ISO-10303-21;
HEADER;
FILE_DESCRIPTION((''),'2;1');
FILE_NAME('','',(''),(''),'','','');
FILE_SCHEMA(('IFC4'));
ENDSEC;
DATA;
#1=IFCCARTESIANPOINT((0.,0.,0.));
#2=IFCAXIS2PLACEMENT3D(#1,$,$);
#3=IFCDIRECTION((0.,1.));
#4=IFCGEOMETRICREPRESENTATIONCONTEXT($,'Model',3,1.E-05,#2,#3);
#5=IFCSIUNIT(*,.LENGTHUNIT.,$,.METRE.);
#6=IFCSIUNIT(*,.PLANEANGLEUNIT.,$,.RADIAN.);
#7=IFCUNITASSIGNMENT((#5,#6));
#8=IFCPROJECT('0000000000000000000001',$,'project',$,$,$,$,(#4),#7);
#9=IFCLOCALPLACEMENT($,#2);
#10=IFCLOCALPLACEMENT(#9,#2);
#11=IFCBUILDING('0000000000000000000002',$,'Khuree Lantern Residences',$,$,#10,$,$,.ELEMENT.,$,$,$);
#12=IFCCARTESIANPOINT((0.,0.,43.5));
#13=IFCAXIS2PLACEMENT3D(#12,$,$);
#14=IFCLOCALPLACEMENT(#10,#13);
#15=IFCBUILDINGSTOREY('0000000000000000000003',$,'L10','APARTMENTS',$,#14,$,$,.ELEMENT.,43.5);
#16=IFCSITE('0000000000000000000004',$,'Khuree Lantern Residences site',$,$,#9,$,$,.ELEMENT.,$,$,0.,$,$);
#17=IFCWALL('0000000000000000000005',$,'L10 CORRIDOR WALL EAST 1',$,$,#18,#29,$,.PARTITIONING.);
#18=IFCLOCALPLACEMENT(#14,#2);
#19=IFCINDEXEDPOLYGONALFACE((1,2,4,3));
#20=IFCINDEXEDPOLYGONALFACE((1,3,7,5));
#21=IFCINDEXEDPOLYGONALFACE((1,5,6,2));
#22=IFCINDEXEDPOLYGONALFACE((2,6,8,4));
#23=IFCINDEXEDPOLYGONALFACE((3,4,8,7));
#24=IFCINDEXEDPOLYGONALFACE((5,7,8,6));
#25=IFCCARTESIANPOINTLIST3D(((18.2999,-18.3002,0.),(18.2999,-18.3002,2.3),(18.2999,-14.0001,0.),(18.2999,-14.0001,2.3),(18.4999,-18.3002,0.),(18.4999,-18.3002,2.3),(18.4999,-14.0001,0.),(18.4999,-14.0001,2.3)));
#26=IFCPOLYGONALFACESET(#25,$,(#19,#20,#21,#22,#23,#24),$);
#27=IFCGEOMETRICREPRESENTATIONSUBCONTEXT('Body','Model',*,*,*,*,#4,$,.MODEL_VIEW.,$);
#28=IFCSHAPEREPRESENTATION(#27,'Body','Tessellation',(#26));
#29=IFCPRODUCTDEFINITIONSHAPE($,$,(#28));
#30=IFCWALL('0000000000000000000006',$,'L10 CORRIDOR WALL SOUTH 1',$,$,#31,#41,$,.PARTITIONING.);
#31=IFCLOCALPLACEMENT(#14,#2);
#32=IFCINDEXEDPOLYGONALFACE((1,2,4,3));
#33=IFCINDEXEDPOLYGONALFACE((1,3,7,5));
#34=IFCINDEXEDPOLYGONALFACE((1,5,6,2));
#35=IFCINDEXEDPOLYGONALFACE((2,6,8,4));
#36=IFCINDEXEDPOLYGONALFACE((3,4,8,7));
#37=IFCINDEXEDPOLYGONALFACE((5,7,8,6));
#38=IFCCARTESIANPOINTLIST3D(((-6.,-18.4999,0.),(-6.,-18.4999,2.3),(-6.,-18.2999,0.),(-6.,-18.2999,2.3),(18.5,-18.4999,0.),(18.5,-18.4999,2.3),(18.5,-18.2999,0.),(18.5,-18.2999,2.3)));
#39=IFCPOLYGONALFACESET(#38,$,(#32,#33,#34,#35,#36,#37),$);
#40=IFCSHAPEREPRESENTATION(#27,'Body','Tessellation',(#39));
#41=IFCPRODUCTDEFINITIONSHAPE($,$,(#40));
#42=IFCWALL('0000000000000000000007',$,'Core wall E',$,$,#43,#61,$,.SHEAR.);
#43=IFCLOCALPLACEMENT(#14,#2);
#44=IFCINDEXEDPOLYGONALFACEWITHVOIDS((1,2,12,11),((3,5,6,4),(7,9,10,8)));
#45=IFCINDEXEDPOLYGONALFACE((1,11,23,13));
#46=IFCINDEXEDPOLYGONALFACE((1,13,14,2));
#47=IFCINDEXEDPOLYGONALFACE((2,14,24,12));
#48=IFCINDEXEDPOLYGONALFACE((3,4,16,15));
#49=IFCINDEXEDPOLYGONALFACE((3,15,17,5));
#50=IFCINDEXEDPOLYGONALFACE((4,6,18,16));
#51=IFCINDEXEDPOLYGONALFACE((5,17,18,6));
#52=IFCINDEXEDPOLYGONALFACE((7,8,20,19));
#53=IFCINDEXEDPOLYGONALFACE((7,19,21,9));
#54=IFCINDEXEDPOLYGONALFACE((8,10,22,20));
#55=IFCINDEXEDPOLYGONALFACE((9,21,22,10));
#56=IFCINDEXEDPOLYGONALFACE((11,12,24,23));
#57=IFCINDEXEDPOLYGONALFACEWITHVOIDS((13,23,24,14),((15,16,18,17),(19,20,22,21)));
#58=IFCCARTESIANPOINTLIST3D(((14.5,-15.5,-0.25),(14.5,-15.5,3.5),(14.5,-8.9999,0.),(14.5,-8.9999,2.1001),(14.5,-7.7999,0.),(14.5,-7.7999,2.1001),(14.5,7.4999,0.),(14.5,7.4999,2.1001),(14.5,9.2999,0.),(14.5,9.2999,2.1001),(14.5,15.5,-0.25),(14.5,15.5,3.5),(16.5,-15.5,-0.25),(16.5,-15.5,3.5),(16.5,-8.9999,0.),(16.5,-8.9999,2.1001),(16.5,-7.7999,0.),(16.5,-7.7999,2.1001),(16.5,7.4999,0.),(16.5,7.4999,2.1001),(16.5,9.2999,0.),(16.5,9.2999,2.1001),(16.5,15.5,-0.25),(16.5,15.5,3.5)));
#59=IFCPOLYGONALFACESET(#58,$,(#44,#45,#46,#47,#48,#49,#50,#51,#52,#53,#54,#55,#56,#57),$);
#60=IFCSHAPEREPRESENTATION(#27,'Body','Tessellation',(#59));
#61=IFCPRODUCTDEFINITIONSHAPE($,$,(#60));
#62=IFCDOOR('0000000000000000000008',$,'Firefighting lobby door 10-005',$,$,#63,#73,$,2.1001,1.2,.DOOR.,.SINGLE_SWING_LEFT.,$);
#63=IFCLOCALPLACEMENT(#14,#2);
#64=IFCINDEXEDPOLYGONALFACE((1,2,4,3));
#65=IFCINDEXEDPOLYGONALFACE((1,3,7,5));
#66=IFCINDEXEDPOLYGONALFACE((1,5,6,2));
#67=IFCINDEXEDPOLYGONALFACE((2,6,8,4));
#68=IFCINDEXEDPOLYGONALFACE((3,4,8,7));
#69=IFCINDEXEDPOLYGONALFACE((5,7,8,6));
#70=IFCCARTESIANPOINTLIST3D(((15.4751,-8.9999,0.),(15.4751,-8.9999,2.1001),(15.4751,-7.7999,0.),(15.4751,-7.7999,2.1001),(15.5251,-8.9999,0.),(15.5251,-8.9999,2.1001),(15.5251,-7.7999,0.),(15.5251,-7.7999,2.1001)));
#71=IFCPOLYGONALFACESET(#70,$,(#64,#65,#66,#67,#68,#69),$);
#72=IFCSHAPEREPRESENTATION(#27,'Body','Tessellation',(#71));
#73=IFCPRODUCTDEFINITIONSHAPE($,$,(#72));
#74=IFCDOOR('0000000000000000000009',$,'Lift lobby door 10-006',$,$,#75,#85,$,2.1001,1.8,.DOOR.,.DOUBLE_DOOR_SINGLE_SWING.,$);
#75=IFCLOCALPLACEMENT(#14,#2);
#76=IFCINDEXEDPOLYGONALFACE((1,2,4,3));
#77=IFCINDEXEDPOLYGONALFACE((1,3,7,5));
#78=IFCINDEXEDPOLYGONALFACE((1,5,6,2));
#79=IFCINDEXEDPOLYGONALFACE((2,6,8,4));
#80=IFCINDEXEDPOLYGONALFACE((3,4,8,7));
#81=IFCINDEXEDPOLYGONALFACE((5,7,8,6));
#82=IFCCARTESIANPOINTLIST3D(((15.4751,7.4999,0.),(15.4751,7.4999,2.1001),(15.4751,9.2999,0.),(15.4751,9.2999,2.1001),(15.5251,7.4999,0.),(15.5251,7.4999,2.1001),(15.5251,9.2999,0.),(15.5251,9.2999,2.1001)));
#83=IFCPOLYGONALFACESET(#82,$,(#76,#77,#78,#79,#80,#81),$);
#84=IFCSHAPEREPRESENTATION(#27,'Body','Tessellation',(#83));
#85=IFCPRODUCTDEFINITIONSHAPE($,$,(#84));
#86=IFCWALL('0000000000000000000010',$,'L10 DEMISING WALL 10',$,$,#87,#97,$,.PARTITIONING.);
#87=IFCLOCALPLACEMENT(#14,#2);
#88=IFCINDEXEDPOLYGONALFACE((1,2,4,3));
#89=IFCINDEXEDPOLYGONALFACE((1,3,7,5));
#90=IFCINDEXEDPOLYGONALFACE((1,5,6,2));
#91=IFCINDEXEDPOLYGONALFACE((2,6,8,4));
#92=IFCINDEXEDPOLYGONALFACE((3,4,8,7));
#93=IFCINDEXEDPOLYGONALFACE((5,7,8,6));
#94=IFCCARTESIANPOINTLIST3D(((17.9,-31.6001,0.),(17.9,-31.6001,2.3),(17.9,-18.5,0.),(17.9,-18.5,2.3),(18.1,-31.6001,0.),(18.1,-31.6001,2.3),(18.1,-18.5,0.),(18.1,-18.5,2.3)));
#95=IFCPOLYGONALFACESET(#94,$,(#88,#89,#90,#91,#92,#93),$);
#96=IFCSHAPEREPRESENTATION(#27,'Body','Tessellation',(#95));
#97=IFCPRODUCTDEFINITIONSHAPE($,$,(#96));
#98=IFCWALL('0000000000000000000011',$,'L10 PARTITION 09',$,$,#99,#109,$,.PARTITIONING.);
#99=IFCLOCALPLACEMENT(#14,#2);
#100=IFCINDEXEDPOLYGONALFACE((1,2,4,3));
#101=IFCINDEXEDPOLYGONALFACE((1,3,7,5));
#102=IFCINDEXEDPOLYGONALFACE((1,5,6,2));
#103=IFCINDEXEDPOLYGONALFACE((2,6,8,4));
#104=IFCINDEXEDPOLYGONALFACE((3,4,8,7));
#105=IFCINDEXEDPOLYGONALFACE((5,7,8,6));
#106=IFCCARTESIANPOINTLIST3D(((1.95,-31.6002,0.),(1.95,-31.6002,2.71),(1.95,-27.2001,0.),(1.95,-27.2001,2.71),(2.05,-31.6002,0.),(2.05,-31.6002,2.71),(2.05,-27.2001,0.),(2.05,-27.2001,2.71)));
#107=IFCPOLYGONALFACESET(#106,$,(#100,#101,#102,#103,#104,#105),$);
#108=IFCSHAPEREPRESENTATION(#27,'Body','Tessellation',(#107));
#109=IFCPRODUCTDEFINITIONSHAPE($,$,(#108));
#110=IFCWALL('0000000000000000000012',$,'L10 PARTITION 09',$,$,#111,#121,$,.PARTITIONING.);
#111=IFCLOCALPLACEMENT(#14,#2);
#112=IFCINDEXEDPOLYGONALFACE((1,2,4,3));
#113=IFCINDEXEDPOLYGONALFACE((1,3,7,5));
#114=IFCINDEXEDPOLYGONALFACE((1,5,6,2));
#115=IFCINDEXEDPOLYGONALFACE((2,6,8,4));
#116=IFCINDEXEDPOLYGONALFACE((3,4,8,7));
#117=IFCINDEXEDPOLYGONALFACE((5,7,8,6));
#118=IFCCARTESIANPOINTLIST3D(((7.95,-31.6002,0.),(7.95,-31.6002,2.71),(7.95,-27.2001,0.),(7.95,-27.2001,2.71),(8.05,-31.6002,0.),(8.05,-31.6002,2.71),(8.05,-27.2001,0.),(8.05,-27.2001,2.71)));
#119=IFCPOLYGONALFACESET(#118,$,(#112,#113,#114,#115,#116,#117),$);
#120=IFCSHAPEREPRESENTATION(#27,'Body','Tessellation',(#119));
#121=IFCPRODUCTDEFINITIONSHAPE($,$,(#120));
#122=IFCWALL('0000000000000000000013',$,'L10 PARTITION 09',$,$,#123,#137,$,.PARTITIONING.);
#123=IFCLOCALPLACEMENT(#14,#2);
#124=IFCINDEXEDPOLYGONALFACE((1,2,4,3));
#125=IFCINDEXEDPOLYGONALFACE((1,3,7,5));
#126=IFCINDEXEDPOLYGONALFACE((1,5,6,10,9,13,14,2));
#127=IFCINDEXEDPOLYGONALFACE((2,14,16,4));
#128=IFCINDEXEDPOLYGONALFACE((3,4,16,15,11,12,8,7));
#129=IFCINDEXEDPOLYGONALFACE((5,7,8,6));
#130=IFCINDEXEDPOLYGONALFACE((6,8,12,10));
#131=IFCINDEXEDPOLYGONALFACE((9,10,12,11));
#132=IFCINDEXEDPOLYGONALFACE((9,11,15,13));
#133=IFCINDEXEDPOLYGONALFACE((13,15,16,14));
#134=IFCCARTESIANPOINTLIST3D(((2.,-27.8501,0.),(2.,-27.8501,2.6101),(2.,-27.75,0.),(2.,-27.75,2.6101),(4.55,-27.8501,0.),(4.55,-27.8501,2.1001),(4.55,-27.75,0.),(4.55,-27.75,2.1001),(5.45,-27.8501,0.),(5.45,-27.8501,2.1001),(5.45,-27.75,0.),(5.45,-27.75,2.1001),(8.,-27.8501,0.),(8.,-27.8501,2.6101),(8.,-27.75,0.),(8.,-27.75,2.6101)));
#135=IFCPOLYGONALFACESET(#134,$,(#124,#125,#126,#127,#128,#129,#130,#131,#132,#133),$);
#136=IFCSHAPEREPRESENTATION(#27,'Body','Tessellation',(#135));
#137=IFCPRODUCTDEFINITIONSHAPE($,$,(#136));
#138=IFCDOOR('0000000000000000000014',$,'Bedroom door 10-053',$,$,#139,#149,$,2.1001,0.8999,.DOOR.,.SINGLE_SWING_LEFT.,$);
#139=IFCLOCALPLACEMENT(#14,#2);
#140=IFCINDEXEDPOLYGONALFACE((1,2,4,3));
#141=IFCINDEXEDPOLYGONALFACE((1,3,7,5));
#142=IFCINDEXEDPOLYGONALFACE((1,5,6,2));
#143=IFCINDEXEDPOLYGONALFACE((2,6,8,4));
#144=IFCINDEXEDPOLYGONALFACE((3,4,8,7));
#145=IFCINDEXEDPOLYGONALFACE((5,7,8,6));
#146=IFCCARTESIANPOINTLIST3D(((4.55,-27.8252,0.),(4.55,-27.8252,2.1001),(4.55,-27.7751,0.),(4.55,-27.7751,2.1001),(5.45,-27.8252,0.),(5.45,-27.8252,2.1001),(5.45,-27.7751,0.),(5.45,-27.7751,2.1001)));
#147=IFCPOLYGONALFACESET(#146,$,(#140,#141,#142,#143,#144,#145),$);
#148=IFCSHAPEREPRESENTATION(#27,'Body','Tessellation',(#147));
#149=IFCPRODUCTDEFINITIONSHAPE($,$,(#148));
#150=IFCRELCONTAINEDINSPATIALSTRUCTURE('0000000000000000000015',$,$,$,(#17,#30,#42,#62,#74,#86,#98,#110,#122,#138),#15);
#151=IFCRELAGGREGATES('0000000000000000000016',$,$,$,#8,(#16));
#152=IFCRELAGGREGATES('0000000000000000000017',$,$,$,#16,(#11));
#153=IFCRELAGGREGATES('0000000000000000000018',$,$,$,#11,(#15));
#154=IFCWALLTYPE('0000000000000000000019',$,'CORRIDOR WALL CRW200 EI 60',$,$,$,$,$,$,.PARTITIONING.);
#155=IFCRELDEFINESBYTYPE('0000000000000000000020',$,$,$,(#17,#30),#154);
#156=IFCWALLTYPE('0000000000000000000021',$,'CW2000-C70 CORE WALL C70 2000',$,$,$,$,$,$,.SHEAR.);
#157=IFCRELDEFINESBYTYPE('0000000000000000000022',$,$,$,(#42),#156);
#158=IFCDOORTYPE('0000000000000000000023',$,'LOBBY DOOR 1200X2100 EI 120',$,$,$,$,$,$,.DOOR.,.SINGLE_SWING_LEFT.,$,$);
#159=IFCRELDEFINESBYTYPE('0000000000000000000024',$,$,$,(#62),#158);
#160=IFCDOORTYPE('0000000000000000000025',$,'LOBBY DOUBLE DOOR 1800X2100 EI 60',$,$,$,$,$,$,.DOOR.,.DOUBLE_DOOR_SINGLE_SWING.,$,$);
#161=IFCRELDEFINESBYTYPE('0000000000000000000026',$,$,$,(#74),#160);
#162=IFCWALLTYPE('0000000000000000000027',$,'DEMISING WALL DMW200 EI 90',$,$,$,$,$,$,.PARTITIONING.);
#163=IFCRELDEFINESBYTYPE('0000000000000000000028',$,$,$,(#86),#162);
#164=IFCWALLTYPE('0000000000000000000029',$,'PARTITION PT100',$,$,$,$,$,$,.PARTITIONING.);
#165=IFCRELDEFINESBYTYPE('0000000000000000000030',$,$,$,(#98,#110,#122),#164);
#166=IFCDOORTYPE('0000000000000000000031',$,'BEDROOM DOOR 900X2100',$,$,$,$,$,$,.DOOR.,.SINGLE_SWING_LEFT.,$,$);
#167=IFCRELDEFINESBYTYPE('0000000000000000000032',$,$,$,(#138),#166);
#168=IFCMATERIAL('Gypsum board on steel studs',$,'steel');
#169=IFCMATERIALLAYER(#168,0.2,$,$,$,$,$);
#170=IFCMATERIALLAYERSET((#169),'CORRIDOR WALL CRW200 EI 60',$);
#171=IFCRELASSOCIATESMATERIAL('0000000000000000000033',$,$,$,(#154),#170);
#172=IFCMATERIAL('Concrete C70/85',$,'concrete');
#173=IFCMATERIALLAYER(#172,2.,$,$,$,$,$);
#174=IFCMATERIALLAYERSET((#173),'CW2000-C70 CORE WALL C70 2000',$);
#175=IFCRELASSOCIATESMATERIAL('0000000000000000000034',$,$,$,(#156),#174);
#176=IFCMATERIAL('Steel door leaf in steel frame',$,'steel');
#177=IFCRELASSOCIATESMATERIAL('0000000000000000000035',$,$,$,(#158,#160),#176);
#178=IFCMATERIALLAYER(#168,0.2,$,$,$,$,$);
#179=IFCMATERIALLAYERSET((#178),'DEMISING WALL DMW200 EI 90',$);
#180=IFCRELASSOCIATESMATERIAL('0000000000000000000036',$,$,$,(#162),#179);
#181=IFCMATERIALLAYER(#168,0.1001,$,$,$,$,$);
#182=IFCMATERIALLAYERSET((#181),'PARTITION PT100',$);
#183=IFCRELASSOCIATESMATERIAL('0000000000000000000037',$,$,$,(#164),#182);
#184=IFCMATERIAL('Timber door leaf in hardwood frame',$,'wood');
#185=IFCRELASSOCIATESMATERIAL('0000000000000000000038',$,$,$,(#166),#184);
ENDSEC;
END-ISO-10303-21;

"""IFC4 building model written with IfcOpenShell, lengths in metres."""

from ifc_helpers import new_model, si_unit, direction, frame, frame_2d, origin, place, context, subcontext, project, spatial, rectangle, extrude, material, layer, layer_set, type_object, element, fill, save


model = new_model("IFC4")

# Units and contexts
model_context = context("Model", 3, precision=1e-05, world=origin(), true_north=direction((0.0, 1.0)))
body_context = subcontext(model_context, "Body", "Model", "MODEL_VIEW")
ifc_project = project(units=[si_unit("LENGTHUNIT", "METRE"), si_unit("PLANEANGLEUNIT", "RADIAN")], contexts=[model_context])

# Site, building, storey
site_placement = place(None, origin())
site = spatial("IfcSite", under=ifc_project, at=site_placement, Name="Khuree Lantern Residences site", CompositionType="ELEMENT", RefElevation=0.0)
building_placement = place(site_placement, origin())
building = spatial("IfcBuilding", under=site, at=building_placement, Name="Khuree Lantern Residences", CompositionType="ELEMENT")
storey_placement = place(building_placement, frame((0.0, 0.0, 43.5)))
storey = spatial("IfcBuildingStorey", under=building, at=storey_placement, Name="L10", Description="APARTMENTS", CompositionType="ELEMENT", Elevation=43.5)

# Shared definitions
ifc_material_1 = material(Name="Concrete C70/85", Category="concrete")

# Walls
ifc_material_2 = material(Name="Gypsum board on steel studs", Category="steel")
ifc_layer_1 = layer(ifc_material_2, 0.2)
ifc_layer_set_1 = layer_set([ifc_layer_1], Name="CORRIDOR WALL CRW200 EI 60")
wall_type_1 = type_object("IfcWallType", Name="CORRIDOR WALL CRW200 EI 60", PredefinedType="PARTITIONING", material=ifc_layer_set_1)
wall_1_placement = place(storey_placement, frame((18.3999, -18.3, 0.0), z_axis=(0.0, 0.0, 1.0), x_axis=(0.0, 1.0, 0.0)))
element("IfcWall", 1, at=wall_1_placement, inside=storey, type_object=wall_type_1, Name="L10 CORRIDOR WALL EAST 1", PredefinedType="PARTITIONING", context=body_context, shape_type="SweptSolid", body=[
    extrude(rectangle(XDim=4.3, YDim=0.2, at=frame_2d((2.1499, 0.0))), origin(), (0.0, 0.0, 1.0), 2.3),
])
wall_2_placement = place(storey_placement, frame((18.5, -18.3999, 0.0), z_axis=(0.0, 0.0, 1.0), x_axis=(-1.0, 0.0, 0.0)))
element("IfcWall", 2, at=wall_2_placement, inside=storey, type_object=wall_type_1, Name="L10 CORRIDOR WALL SOUTH 1", PredefinedType="PARTITIONING", context=body_context, shape_type="SweptSolid", body=[
    extrude(rectangle(XDim=24.5, YDim=0.2, at=frame_2d((12.25, 0.0))), origin(), (0.0, 0.0, 1.0), 2.3),
])

# Wall, openings, doors
ifc_layer_2 = layer(ifc_material_1, 2.0)
ifc_layer_set_2 = layer_set([ifc_layer_2], Name="CW2000-C70 CORE WALL C70 2000")
wall_type_2 = type_object("IfcWallType", Name="CW2000-C70 CORE WALL C70 2000", PredefinedType="SHEAR", material=ifc_layer_set_2)
wall_3_placement = place(storey_placement, frame((15.5, -15.5, -0.25), z_axis=(0.0, 0.0, 1.0), x_axis=(0.0, 1.0, 0.0)))
wall_3 = element("IfcWall", 3, at=wall_3_placement, inside=storey, type_object=wall_type_2, Name="Core wall E", PredefinedType="SHEAR", context=body_context, shape_type="SweptSolid", body=[
    extrude(rectangle(XDim=31.0, YDim=2.0, at=frame_2d((15.5, 0.0))), origin(), (0.0, 0.0, 1.0), 3.75),
])
opening_1_placement = place(wall_3_placement, frame((6.5, 0.0, 0.25)))
opening_1 = element("IfcOpeningElement", 4, at=opening_1_placement, cuts=wall_3, PredefinedType="OPENING", context=body_context, shape_type="SweptSolid", body=[
    extrude(rectangle(XDim=1.2, YDim=2.1001, at=frame_2d((0.6001, 1.05))), frame((0.0, 1.01, 0.0), z_axis=(0.0, -1.0, 0.0), x_axis=(1.0, 0.0, 0.0)), (0.0, 0.0, 1.0), 2.02),
])
opening_2_placement = place(wall_3_placement, frame((23.0, 0.0, 0.25)))
opening_2 = element("IfcOpeningElement", 5, at=opening_2_placement, cuts=wall_3, PredefinedType="OPENING", context=body_context, shape_type="SweptSolid", body=[
    extrude(rectangle(XDim=1.8, YDim=2.1001, at=frame_2d((0.8999, 1.05))), frame((0.0, 1.01, 0.0), z_axis=(0.0, -1.0, 0.0), x_axis=(1.0, 0.0, 0.0)), (0.0, 0.0, 1.0), 2.02),
])
ifc_material_3 = material(Name="Steel door leaf in steel frame", Category="steel")
door_type_1 = type_object("IfcDoorType", Name="LOBBY DOOR 1200X2100 EI 120", OperationType="SINGLE_SWING_LEFT", PredefinedType="DOOR", material=ifc_material_3)
door_1_placement = place(opening_1_placement, origin())
door_1 = element("IfcDoor", 6, at=door_1_placement, inside=storey, type_object=door_type_1, Name="Firefighting lobby door 10-005", OperationType="SINGLE_SWING_LEFT", OverallHeight=2.1001, OverallWidth=1.2, PredefinedType="DOOR", context=body_context, shape_type="SweptSolid", body=[
    extrude(rectangle(XDim=1.2, YDim=2.1001, at=frame_2d((0.6001, 1.05))), frame((0.0, 0.0249, 0.0), z_axis=(0.0, -1.0, 0.0), x_axis=(1.0, 0.0, 0.0)), (0.0, 0.0, 1.0), 0.05),
])
fill(opening_1, door_1)
door_type_2 = type_object("IfcDoorType", Name="LOBBY DOUBLE DOOR 1800X2100 EI 60", OperationType="DOUBLE_DOOR_SINGLE_SWING", PredefinedType="DOOR", material=ifc_material_3)
door_2_placement = place(opening_2_placement, origin())
door_2 = element("IfcDoor", 7, at=door_2_placement, inside=storey, type_object=door_type_2, Name="Lift lobby door 10-006", OperationType="DOUBLE_DOOR_SINGLE_SWING", OverallHeight=2.1001, OverallWidth=1.8, PredefinedType="DOOR", context=body_context, shape_type="SweptSolid", body=[
    extrude(rectangle(XDim=1.8, YDim=2.1001, at=frame_2d((0.8999, 1.05))), frame((0.0, 0.0249, 0.0), z_axis=(0.0, -1.0, 0.0), x_axis=(1.0, 0.0, 0.0)), (0.0, 0.0, 1.0), 0.05),
])
fill(opening_2, door_2)

# Walls
ifc_layer_3 = layer(ifc_material_2, 0.2)
ifc_layer_set_3 = layer_set([ifc_layer_3], Name="DEMISING WALL DMW200 EI 90")
wall_type_3 = type_object("IfcWallType", Name="DEMISING WALL DMW200 EI 90", PredefinedType="PARTITIONING", material=ifc_layer_set_3)
wall_4_placement = place(storey_placement, frame((18.0, -18.5, 0.0), z_axis=(0.0, 0.0, 1.0), x_axis=(0.0, -1.0, 0.0)))
element("IfcWall", 8, at=wall_4_placement, inside=storey, type_object=wall_type_3, Name="L10 DEMISING WALL 10", PredefinedType="PARTITIONING", context=body_context, shape_type="SweptSolid", body=[
    extrude(rectangle(XDim=13.1001, YDim=0.2, at=frame_2d((6.55, 0.0))), origin(), (0.0, 0.0, 1.0), 2.3),
])
ifc_layer_4 = layer(ifc_material_2, 0.1001)
ifc_layer_set_4 = layer_set([ifc_layer_4], Name="PARTITION PT100")
wall_type_4 = type_object("IfcWallType", Name="PARTITION PT100", PredefinedType="PARTITIONING", material=ifc_layer_set_4)
for number, where, z_axis, x_axis, name in (
    (9, (2.0, -27.2, 0.0), (0.0, 0.0, 1.0), (0.0, -1.0, 0.0), "L10 PARTITION 09"),
    (10, (8.0, -27.2, 0.0), (0.0, 0.0, 1.0), (0.0, -1.0, 0.0), "L10 PARTITION 09"),
):
    element("IfcWall", number, at=place(storey_placement, frame(where, z_axis=z_axis, x_axis=x_axis)), inside=storey, type_object=wall_type_4, Name=name, PredefinedType="PARTITIONING", context=body_context, shape_type="SweptSolid", body=[
        extrude(rectangle(XDim=4.4001, YDim=0.1001, at=frame_2d((2.2002, 0.0))), origin(), (0.0, 0.0, 1.0), 2.71),
    ])

# Wall, opening, door
wall_5_placement = place(storey_placement, frame((2.0, -27.8, 0.0), z_axis=(0.0, 0.0, 1.0), x_axis=(1.0, 0.0, 0.0)))
wall_5 = element("IfcWall", 11, at=wall_5_placement, inside=storey, type_object=wall_type_4, Name="L10 PARTITION 09", PredefinedType="PARTITIONING", context=body_context, shape_type="SweptSolid", body=[
    extrude(rectangle(XDim=6.0, YDim=0.1001, at=frame_2d((3.0, 0.0))), origin(), (0.0, 0.0, 1.0), 2.6101),
])
opening_3_placement = place(wall_5_placement, frame((2.55, 0.0, 0.0)))
opening_3 = element("IfcOpeningElement", 12, at=opening_3_placement, cuts=wall_5, PredefinedType="OPENING", context=body_context, shape_type="SweptSolid", body=[
    extrude(rectangle(XDim=0.8999, YDim=2.1001, at=frame_2d((0.45, 1.05))), frame((0.0, 0.0601, 0.0), z_axis=(0.0, -1.0, 0.0), x_axis=(1.0, 0.0, 0.0)), (0.0, 0.0, 1.0), 0.1201),
])
ifc_material_4 = material(Name="Timber door leaf in hardwood frame", Category="wood")
door_type_3 = type_object("IfcDoorType", Name="BEDROOM DOOR 900X2100", OperationType="SINGLE_SWING_LEFT", PredefinedType="DOOR", material=ifc_material_4)
door_3_placement = place(opening_3_placement, origin())
door_3 = element("IfcDoor", 13, at=door_3_placement, inside=storey, type_object=door_type_3, Name="Bedroom door 10-053", OperationType="SINGLE_SWING_LEFT", OverallHeight=2.1001, OverallWidth=0.8999, PredefinedType="DOOR", context=body_context, shape_type="SweptSolid", body=[
    extrude(rectangle(XDim=0.8999, YDim=2.1001, at=frame_2d((0.45, 1.05))), frame((0.0, 0.0249, 0.0), z_axis=(0.0, -1.0, 0.0), x_axis=(1.0, 0.0, 0.0)), (0.0, 0.0, 1.0), 0.05),
])
fill(opening_3, door_3)

save(model, "model.ifc")
